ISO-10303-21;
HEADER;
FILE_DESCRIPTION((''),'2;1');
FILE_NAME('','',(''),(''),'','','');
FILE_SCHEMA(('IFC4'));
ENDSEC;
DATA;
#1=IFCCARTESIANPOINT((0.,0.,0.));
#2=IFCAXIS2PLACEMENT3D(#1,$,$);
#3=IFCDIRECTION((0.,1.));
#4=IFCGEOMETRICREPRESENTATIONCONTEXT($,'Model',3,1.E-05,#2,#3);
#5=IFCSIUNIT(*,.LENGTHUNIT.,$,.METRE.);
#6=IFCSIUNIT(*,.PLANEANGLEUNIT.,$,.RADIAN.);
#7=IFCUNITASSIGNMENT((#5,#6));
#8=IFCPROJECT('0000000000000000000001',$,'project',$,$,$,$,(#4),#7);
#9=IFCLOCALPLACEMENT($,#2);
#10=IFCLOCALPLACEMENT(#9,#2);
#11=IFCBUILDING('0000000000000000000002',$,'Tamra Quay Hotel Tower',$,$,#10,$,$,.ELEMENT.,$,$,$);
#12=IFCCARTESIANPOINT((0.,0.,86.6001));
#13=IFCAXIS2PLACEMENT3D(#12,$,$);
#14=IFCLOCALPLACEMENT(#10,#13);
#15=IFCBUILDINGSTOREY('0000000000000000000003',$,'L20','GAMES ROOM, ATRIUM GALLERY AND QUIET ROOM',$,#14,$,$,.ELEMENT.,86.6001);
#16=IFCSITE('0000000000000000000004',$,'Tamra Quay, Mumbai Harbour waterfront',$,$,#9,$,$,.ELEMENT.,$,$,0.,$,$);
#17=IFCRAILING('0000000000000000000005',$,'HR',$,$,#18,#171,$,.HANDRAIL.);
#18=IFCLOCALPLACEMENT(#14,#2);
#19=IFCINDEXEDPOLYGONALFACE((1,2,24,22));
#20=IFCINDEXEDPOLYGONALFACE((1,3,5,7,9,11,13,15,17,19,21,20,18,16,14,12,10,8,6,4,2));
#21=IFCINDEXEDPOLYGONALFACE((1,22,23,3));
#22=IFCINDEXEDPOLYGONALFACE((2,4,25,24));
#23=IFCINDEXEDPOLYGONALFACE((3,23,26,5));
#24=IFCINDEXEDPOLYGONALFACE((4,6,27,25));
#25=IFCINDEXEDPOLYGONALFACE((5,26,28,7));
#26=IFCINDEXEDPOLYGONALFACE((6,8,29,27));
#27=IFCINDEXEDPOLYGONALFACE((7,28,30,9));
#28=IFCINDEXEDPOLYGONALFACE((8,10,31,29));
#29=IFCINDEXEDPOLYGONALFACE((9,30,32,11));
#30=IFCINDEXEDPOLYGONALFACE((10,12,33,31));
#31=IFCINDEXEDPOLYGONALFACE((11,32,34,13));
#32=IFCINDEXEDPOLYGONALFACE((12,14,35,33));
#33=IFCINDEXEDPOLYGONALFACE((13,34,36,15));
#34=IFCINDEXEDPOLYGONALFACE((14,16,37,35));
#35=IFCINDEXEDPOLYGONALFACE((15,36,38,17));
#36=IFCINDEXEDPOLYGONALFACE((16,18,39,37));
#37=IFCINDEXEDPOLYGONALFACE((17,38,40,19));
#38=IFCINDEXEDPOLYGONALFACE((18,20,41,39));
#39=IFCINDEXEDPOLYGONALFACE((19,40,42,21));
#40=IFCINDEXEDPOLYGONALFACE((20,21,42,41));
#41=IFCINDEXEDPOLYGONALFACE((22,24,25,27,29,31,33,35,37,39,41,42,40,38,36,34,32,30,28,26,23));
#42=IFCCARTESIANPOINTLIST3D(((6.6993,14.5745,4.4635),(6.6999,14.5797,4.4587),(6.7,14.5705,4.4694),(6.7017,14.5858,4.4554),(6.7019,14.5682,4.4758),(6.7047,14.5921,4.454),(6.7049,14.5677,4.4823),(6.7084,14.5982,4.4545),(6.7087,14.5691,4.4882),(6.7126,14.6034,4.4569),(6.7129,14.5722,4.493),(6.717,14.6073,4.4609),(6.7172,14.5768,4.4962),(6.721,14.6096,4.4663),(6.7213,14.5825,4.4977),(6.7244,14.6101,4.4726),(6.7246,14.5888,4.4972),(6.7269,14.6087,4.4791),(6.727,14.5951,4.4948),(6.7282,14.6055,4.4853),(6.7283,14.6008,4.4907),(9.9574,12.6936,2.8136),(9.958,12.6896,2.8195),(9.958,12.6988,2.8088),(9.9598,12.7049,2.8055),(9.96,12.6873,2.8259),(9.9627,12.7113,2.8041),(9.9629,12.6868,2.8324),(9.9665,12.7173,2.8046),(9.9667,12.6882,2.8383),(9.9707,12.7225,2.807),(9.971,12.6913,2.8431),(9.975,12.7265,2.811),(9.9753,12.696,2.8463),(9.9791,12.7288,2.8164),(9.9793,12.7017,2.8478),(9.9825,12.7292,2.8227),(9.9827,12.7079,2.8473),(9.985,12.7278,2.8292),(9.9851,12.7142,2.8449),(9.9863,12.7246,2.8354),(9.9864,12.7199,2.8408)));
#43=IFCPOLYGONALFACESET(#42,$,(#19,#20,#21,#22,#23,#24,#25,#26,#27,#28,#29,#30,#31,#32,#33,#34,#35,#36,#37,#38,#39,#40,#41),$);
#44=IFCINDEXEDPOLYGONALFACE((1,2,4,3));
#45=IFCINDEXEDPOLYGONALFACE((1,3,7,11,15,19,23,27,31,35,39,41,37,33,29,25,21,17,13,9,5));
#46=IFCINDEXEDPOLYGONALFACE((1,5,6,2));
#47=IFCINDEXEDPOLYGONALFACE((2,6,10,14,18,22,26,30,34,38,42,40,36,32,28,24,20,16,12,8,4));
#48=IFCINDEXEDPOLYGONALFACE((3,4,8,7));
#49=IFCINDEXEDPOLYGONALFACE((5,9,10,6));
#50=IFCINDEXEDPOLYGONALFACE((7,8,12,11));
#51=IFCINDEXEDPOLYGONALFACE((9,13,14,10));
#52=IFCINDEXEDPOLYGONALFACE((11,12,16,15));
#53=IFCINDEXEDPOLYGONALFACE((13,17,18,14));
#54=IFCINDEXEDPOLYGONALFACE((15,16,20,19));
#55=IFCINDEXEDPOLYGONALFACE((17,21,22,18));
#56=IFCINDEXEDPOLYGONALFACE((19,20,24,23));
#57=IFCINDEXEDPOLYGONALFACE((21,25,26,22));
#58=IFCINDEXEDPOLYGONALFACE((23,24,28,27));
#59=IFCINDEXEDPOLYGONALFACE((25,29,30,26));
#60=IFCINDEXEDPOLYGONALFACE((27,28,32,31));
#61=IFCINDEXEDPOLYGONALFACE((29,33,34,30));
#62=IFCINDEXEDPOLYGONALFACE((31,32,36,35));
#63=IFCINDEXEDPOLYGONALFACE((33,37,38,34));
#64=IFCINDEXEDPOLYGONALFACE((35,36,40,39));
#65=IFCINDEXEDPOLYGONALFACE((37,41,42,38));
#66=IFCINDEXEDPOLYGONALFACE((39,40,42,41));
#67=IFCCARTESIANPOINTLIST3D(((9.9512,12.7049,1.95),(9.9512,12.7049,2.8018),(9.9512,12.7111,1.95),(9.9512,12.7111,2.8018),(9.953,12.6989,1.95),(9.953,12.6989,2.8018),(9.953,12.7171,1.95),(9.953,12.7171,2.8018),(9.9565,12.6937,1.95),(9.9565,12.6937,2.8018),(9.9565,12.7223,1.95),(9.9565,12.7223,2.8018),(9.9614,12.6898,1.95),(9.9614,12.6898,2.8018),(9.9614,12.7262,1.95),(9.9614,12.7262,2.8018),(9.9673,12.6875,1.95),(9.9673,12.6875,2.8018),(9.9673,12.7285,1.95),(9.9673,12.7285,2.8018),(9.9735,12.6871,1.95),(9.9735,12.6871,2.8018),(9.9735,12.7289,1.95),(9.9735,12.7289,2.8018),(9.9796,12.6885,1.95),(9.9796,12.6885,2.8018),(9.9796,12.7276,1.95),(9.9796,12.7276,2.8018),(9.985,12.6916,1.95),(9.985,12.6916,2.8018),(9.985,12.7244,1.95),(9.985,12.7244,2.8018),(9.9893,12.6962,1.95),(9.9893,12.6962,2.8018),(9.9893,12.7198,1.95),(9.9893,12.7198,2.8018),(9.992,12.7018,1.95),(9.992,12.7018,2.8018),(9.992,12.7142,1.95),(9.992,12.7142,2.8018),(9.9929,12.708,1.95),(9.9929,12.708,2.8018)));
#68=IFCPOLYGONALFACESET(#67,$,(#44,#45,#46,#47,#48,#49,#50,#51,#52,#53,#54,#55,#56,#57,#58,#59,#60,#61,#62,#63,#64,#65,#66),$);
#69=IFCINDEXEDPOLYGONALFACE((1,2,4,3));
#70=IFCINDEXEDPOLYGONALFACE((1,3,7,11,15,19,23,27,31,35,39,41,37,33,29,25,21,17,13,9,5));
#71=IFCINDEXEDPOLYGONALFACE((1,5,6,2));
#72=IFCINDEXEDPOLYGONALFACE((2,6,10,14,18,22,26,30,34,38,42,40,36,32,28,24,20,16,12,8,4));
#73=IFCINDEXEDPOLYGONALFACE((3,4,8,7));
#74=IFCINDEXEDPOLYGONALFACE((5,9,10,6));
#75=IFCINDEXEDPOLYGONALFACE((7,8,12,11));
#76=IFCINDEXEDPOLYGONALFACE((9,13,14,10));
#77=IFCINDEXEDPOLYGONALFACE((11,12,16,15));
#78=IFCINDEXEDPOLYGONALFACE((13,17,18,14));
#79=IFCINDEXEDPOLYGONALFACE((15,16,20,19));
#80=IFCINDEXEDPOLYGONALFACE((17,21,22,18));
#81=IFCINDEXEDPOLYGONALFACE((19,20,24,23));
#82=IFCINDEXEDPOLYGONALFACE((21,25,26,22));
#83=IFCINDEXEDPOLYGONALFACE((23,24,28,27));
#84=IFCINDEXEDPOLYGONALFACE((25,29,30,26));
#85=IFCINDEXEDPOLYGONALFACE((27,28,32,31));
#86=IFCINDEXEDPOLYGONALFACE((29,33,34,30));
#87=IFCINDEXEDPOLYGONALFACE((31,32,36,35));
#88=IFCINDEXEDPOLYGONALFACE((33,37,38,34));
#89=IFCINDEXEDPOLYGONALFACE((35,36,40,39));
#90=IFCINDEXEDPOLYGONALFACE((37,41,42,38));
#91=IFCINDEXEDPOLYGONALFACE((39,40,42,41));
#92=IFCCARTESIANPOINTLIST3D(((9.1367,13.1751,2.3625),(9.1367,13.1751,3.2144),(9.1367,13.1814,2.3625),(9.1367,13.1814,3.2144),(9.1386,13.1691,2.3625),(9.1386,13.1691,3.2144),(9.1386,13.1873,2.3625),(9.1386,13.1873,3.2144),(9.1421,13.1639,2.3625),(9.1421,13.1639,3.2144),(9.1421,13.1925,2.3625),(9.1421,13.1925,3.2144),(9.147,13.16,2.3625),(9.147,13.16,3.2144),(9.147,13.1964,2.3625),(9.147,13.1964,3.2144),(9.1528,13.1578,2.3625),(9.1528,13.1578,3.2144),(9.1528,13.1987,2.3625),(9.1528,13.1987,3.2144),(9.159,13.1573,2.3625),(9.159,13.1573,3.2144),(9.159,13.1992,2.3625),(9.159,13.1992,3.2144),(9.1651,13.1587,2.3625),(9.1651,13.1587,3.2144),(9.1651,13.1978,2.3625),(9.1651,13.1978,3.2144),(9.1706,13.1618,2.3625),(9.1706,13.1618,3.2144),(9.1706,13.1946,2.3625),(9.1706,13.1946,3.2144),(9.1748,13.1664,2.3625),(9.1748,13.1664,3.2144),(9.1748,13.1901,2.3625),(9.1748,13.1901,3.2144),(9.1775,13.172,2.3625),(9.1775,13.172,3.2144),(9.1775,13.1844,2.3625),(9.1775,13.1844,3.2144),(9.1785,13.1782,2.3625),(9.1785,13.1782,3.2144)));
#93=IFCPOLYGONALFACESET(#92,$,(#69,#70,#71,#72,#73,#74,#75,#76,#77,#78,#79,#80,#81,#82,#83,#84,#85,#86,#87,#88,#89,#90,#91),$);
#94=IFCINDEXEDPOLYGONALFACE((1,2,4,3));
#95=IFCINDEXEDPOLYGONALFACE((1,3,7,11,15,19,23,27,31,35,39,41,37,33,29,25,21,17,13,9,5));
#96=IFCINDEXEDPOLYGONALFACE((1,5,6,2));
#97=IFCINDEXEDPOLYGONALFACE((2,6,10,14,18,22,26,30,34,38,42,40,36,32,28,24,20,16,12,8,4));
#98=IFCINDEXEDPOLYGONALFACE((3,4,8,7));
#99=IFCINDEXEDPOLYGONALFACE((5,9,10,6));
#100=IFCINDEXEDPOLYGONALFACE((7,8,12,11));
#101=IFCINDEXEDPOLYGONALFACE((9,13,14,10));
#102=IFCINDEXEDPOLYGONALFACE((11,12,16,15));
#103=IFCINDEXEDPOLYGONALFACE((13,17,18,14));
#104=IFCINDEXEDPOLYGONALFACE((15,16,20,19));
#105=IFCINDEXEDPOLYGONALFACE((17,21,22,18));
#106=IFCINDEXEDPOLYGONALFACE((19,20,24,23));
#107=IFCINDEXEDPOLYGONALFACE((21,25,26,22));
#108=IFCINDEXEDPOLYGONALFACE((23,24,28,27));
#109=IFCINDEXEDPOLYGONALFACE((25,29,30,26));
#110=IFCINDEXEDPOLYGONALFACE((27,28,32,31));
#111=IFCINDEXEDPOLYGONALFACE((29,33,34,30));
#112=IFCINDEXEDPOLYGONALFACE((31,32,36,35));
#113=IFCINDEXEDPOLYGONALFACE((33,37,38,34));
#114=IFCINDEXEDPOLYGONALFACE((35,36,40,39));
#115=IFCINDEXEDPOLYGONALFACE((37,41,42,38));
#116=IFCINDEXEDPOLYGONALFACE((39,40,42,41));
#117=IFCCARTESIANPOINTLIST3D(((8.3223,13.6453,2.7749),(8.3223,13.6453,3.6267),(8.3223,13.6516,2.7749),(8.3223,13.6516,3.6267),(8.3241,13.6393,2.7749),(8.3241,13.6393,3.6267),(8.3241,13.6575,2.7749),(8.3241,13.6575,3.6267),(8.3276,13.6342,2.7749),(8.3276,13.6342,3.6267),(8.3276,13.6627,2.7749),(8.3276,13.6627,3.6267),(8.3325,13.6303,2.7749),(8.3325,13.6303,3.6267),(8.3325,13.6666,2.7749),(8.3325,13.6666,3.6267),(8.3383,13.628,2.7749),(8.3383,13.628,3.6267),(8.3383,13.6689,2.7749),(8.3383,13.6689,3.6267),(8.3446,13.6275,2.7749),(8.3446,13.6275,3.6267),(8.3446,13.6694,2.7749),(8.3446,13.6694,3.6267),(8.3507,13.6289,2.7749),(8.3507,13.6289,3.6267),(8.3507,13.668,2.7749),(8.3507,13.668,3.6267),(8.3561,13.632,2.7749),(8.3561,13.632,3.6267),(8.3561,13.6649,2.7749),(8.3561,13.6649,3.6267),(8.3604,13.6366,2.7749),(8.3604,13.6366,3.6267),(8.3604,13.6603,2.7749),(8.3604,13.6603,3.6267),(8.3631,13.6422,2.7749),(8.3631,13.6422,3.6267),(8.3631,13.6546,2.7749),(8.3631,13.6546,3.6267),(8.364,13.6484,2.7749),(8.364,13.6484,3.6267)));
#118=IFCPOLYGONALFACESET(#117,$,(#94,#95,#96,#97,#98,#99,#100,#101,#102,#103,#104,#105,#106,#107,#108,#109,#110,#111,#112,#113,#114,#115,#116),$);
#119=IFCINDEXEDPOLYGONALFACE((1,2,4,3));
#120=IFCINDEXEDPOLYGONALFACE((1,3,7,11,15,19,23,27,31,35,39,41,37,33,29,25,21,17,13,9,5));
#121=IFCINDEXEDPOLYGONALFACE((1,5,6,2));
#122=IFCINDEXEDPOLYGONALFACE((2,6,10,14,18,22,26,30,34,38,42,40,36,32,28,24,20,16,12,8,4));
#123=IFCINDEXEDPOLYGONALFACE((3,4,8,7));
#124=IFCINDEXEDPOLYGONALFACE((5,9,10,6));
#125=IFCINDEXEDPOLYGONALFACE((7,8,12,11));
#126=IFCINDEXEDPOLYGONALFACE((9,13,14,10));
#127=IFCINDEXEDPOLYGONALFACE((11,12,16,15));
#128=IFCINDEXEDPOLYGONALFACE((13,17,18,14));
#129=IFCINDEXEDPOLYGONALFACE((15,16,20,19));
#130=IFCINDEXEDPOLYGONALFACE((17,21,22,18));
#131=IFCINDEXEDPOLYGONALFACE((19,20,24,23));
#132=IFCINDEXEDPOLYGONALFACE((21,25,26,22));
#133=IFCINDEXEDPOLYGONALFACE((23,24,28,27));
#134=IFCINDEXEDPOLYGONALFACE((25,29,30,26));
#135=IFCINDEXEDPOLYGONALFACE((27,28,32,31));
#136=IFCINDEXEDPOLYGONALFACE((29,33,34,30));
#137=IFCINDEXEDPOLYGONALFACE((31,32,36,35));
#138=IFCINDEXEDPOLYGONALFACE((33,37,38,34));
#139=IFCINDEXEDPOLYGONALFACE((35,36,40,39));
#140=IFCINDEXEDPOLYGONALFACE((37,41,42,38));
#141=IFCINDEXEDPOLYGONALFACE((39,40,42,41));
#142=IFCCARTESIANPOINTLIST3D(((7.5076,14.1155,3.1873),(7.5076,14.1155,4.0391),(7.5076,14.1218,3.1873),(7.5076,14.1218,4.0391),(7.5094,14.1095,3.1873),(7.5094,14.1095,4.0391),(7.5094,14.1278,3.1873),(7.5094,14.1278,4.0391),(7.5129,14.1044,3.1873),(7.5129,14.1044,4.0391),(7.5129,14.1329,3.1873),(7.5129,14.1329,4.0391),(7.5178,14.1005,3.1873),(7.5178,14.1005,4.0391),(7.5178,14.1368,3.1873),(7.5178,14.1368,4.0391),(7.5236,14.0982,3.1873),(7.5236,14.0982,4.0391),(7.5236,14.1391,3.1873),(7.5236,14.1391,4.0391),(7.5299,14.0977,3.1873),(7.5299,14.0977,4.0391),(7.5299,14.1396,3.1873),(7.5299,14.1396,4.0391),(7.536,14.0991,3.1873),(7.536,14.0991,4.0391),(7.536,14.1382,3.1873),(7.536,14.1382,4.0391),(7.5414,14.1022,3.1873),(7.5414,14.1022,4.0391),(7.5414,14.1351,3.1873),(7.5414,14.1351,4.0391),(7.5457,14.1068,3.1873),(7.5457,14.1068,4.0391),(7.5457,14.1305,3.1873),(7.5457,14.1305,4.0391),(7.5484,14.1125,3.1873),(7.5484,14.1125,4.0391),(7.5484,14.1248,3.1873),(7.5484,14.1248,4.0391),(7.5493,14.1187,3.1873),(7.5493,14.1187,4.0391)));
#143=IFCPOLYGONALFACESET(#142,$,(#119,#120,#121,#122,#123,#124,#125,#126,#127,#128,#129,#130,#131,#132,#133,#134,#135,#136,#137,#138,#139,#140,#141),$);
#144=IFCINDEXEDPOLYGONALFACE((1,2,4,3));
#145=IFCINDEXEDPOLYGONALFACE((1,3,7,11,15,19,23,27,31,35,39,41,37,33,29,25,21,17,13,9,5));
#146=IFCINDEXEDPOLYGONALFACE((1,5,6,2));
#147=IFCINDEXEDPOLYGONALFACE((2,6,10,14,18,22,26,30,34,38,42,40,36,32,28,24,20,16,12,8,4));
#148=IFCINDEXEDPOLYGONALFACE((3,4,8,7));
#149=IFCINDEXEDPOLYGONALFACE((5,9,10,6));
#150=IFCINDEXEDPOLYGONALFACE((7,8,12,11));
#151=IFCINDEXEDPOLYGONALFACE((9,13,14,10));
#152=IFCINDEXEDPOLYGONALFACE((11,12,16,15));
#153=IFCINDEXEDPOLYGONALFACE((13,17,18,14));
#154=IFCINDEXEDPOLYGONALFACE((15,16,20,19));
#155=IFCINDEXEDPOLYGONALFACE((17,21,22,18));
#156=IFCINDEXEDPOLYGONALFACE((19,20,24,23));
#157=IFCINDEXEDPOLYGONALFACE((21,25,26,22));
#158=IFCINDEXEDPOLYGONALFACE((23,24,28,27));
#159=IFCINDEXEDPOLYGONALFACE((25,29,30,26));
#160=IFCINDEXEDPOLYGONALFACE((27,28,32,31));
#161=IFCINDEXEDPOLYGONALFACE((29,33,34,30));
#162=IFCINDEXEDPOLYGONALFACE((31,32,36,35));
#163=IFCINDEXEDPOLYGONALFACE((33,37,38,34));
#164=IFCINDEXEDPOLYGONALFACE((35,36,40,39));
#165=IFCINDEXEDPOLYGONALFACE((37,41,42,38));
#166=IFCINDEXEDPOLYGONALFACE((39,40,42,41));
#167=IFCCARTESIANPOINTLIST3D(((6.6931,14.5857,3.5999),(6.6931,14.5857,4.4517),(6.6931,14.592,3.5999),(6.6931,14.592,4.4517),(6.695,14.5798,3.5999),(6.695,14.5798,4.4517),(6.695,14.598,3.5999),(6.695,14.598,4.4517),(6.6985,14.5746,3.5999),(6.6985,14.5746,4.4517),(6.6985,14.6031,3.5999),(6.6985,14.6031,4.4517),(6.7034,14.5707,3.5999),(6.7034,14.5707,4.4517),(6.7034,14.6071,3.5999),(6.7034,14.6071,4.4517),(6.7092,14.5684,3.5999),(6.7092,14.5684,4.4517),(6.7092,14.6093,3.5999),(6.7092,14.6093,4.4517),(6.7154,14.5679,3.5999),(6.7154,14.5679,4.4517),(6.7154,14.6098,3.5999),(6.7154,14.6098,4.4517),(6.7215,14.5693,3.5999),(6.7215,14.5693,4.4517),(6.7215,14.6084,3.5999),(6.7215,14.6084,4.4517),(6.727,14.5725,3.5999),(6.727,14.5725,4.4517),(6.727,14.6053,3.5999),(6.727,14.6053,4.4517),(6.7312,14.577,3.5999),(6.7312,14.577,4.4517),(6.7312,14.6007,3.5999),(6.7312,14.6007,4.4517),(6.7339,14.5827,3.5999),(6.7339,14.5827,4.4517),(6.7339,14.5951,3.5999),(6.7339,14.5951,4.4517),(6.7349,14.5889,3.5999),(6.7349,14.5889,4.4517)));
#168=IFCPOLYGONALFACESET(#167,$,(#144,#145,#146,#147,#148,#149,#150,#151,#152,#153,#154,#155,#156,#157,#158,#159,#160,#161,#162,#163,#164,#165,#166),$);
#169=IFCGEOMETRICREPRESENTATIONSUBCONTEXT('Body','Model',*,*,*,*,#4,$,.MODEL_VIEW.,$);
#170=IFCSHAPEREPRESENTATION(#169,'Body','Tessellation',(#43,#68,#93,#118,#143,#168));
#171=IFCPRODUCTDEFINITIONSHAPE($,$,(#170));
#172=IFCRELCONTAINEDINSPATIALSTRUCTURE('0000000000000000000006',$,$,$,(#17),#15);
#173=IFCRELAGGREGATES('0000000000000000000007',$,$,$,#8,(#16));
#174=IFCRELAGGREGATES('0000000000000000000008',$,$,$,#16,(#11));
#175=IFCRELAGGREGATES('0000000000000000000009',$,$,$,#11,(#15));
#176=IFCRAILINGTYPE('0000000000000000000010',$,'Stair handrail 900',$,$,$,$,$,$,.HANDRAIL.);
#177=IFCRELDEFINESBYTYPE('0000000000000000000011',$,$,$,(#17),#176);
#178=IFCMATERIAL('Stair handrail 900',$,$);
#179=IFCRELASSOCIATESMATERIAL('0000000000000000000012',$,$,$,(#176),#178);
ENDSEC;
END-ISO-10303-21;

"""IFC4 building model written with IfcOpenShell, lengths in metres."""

from ifc_helpers import new_model, si_unit, direction, frame, origin, origin_2d, place, context, subcontext, project, spatial, circle, extrude, material, type_object, element, save


model = new_model("IFC4")

# Units and contexts
model_context = context("Model", 3, precision=1e-05, world=origin(), true_north=direction((0.0, 1.0)))
body_context = subcontext(model_context, "Body", "Model", "MODEL_VIEW")
ifc_project = project(units=[si_unit("LENGTHUNIT", "METRE"), si_unit("PLANEANGLEUNIT", "RADIAN")], contexts=[model_context])

# Site, building, storey
site_placement = place(None, origin())
site = spatial("IfcSite", under=ifc_project, at=site_placement, Name="Tamra Quay, Mumbai Harbour waterfront", CompositionType="ELEMENT", RefElevation=0.0)
building_placement = place(site_placement, origin())
building = spatial("IfcBuilding", under=site, at=building_placement, Name="Tamra Quay Hotel Tower", CompositionType="ELEMENT")
storey_placement = place(building_placement, frame((0.0, 0.0, 86.6001)))
storey = spatial("IfcBuildingStorey", under=building, at=storey_placement, Name="L20", Description="GAMES ROOM, ATRIUM GALLERY AND QUIET ROOM", CompositionType="ELEMENT", Elevation=86.6001)

# Railing
ifc_material_1 = material(Name="Stair handrail 900")
railing_type_1 = type_object("IfcRailingType", Name="Stair handrail 900", PredefinedType="HANDRAIL", material=ifc_material_1)
railing_1_placement = place(storey_placement, frame((9.9719, 12.708, 1.95)))
element("IfcRailing", 1, at=railing_1_placement, inside=storey, type_object=railing_type_1, Name="HR", PredefinedType="HANDRAIL", context=body_context, shape_type="SweptSolid", body=[
    extrude(circle(Radius=0.0239, at=origin_2d()), frame((0.0, 0.0, 0.876), z_axis=(-0.793122, 0.457865, 0.401642), x_axis=(-0.499964, -0.866046, 0.0)), (0.0, 0.0, 1.0), 4.1079),
    extrude(circle(Radius=0.021, at=origin_2d()), origin(), (0.0, 0.0, 1.0), 0.8518),
    extrude(circle(Radius=0.021, at=origin_2d()), frame((-0.8145, 0.4702, 0.4126)), (0.0, 0.0, 1.0), 0.8518),
    extrude(circle(Radius=0.021, at=origin_2d()), frame((-1.6289, 0.9404, 0.825)), (0.0, 0.0, 1.0), 0.8518),
    extrude(circle(Radius=0.021, at=origin_2d()), frame((-2.4436, 1.4106, 1.2373)), (0.0, 0.0, 1.0), 0.8518),
    extrude(circle(Radius=0.021, at=origin_2d()), frame((-3.2581, 1.8809, 1.6499)), (0.0, 0.0, 1.0), 0.8518),
])

save(model, "model.ifc")
